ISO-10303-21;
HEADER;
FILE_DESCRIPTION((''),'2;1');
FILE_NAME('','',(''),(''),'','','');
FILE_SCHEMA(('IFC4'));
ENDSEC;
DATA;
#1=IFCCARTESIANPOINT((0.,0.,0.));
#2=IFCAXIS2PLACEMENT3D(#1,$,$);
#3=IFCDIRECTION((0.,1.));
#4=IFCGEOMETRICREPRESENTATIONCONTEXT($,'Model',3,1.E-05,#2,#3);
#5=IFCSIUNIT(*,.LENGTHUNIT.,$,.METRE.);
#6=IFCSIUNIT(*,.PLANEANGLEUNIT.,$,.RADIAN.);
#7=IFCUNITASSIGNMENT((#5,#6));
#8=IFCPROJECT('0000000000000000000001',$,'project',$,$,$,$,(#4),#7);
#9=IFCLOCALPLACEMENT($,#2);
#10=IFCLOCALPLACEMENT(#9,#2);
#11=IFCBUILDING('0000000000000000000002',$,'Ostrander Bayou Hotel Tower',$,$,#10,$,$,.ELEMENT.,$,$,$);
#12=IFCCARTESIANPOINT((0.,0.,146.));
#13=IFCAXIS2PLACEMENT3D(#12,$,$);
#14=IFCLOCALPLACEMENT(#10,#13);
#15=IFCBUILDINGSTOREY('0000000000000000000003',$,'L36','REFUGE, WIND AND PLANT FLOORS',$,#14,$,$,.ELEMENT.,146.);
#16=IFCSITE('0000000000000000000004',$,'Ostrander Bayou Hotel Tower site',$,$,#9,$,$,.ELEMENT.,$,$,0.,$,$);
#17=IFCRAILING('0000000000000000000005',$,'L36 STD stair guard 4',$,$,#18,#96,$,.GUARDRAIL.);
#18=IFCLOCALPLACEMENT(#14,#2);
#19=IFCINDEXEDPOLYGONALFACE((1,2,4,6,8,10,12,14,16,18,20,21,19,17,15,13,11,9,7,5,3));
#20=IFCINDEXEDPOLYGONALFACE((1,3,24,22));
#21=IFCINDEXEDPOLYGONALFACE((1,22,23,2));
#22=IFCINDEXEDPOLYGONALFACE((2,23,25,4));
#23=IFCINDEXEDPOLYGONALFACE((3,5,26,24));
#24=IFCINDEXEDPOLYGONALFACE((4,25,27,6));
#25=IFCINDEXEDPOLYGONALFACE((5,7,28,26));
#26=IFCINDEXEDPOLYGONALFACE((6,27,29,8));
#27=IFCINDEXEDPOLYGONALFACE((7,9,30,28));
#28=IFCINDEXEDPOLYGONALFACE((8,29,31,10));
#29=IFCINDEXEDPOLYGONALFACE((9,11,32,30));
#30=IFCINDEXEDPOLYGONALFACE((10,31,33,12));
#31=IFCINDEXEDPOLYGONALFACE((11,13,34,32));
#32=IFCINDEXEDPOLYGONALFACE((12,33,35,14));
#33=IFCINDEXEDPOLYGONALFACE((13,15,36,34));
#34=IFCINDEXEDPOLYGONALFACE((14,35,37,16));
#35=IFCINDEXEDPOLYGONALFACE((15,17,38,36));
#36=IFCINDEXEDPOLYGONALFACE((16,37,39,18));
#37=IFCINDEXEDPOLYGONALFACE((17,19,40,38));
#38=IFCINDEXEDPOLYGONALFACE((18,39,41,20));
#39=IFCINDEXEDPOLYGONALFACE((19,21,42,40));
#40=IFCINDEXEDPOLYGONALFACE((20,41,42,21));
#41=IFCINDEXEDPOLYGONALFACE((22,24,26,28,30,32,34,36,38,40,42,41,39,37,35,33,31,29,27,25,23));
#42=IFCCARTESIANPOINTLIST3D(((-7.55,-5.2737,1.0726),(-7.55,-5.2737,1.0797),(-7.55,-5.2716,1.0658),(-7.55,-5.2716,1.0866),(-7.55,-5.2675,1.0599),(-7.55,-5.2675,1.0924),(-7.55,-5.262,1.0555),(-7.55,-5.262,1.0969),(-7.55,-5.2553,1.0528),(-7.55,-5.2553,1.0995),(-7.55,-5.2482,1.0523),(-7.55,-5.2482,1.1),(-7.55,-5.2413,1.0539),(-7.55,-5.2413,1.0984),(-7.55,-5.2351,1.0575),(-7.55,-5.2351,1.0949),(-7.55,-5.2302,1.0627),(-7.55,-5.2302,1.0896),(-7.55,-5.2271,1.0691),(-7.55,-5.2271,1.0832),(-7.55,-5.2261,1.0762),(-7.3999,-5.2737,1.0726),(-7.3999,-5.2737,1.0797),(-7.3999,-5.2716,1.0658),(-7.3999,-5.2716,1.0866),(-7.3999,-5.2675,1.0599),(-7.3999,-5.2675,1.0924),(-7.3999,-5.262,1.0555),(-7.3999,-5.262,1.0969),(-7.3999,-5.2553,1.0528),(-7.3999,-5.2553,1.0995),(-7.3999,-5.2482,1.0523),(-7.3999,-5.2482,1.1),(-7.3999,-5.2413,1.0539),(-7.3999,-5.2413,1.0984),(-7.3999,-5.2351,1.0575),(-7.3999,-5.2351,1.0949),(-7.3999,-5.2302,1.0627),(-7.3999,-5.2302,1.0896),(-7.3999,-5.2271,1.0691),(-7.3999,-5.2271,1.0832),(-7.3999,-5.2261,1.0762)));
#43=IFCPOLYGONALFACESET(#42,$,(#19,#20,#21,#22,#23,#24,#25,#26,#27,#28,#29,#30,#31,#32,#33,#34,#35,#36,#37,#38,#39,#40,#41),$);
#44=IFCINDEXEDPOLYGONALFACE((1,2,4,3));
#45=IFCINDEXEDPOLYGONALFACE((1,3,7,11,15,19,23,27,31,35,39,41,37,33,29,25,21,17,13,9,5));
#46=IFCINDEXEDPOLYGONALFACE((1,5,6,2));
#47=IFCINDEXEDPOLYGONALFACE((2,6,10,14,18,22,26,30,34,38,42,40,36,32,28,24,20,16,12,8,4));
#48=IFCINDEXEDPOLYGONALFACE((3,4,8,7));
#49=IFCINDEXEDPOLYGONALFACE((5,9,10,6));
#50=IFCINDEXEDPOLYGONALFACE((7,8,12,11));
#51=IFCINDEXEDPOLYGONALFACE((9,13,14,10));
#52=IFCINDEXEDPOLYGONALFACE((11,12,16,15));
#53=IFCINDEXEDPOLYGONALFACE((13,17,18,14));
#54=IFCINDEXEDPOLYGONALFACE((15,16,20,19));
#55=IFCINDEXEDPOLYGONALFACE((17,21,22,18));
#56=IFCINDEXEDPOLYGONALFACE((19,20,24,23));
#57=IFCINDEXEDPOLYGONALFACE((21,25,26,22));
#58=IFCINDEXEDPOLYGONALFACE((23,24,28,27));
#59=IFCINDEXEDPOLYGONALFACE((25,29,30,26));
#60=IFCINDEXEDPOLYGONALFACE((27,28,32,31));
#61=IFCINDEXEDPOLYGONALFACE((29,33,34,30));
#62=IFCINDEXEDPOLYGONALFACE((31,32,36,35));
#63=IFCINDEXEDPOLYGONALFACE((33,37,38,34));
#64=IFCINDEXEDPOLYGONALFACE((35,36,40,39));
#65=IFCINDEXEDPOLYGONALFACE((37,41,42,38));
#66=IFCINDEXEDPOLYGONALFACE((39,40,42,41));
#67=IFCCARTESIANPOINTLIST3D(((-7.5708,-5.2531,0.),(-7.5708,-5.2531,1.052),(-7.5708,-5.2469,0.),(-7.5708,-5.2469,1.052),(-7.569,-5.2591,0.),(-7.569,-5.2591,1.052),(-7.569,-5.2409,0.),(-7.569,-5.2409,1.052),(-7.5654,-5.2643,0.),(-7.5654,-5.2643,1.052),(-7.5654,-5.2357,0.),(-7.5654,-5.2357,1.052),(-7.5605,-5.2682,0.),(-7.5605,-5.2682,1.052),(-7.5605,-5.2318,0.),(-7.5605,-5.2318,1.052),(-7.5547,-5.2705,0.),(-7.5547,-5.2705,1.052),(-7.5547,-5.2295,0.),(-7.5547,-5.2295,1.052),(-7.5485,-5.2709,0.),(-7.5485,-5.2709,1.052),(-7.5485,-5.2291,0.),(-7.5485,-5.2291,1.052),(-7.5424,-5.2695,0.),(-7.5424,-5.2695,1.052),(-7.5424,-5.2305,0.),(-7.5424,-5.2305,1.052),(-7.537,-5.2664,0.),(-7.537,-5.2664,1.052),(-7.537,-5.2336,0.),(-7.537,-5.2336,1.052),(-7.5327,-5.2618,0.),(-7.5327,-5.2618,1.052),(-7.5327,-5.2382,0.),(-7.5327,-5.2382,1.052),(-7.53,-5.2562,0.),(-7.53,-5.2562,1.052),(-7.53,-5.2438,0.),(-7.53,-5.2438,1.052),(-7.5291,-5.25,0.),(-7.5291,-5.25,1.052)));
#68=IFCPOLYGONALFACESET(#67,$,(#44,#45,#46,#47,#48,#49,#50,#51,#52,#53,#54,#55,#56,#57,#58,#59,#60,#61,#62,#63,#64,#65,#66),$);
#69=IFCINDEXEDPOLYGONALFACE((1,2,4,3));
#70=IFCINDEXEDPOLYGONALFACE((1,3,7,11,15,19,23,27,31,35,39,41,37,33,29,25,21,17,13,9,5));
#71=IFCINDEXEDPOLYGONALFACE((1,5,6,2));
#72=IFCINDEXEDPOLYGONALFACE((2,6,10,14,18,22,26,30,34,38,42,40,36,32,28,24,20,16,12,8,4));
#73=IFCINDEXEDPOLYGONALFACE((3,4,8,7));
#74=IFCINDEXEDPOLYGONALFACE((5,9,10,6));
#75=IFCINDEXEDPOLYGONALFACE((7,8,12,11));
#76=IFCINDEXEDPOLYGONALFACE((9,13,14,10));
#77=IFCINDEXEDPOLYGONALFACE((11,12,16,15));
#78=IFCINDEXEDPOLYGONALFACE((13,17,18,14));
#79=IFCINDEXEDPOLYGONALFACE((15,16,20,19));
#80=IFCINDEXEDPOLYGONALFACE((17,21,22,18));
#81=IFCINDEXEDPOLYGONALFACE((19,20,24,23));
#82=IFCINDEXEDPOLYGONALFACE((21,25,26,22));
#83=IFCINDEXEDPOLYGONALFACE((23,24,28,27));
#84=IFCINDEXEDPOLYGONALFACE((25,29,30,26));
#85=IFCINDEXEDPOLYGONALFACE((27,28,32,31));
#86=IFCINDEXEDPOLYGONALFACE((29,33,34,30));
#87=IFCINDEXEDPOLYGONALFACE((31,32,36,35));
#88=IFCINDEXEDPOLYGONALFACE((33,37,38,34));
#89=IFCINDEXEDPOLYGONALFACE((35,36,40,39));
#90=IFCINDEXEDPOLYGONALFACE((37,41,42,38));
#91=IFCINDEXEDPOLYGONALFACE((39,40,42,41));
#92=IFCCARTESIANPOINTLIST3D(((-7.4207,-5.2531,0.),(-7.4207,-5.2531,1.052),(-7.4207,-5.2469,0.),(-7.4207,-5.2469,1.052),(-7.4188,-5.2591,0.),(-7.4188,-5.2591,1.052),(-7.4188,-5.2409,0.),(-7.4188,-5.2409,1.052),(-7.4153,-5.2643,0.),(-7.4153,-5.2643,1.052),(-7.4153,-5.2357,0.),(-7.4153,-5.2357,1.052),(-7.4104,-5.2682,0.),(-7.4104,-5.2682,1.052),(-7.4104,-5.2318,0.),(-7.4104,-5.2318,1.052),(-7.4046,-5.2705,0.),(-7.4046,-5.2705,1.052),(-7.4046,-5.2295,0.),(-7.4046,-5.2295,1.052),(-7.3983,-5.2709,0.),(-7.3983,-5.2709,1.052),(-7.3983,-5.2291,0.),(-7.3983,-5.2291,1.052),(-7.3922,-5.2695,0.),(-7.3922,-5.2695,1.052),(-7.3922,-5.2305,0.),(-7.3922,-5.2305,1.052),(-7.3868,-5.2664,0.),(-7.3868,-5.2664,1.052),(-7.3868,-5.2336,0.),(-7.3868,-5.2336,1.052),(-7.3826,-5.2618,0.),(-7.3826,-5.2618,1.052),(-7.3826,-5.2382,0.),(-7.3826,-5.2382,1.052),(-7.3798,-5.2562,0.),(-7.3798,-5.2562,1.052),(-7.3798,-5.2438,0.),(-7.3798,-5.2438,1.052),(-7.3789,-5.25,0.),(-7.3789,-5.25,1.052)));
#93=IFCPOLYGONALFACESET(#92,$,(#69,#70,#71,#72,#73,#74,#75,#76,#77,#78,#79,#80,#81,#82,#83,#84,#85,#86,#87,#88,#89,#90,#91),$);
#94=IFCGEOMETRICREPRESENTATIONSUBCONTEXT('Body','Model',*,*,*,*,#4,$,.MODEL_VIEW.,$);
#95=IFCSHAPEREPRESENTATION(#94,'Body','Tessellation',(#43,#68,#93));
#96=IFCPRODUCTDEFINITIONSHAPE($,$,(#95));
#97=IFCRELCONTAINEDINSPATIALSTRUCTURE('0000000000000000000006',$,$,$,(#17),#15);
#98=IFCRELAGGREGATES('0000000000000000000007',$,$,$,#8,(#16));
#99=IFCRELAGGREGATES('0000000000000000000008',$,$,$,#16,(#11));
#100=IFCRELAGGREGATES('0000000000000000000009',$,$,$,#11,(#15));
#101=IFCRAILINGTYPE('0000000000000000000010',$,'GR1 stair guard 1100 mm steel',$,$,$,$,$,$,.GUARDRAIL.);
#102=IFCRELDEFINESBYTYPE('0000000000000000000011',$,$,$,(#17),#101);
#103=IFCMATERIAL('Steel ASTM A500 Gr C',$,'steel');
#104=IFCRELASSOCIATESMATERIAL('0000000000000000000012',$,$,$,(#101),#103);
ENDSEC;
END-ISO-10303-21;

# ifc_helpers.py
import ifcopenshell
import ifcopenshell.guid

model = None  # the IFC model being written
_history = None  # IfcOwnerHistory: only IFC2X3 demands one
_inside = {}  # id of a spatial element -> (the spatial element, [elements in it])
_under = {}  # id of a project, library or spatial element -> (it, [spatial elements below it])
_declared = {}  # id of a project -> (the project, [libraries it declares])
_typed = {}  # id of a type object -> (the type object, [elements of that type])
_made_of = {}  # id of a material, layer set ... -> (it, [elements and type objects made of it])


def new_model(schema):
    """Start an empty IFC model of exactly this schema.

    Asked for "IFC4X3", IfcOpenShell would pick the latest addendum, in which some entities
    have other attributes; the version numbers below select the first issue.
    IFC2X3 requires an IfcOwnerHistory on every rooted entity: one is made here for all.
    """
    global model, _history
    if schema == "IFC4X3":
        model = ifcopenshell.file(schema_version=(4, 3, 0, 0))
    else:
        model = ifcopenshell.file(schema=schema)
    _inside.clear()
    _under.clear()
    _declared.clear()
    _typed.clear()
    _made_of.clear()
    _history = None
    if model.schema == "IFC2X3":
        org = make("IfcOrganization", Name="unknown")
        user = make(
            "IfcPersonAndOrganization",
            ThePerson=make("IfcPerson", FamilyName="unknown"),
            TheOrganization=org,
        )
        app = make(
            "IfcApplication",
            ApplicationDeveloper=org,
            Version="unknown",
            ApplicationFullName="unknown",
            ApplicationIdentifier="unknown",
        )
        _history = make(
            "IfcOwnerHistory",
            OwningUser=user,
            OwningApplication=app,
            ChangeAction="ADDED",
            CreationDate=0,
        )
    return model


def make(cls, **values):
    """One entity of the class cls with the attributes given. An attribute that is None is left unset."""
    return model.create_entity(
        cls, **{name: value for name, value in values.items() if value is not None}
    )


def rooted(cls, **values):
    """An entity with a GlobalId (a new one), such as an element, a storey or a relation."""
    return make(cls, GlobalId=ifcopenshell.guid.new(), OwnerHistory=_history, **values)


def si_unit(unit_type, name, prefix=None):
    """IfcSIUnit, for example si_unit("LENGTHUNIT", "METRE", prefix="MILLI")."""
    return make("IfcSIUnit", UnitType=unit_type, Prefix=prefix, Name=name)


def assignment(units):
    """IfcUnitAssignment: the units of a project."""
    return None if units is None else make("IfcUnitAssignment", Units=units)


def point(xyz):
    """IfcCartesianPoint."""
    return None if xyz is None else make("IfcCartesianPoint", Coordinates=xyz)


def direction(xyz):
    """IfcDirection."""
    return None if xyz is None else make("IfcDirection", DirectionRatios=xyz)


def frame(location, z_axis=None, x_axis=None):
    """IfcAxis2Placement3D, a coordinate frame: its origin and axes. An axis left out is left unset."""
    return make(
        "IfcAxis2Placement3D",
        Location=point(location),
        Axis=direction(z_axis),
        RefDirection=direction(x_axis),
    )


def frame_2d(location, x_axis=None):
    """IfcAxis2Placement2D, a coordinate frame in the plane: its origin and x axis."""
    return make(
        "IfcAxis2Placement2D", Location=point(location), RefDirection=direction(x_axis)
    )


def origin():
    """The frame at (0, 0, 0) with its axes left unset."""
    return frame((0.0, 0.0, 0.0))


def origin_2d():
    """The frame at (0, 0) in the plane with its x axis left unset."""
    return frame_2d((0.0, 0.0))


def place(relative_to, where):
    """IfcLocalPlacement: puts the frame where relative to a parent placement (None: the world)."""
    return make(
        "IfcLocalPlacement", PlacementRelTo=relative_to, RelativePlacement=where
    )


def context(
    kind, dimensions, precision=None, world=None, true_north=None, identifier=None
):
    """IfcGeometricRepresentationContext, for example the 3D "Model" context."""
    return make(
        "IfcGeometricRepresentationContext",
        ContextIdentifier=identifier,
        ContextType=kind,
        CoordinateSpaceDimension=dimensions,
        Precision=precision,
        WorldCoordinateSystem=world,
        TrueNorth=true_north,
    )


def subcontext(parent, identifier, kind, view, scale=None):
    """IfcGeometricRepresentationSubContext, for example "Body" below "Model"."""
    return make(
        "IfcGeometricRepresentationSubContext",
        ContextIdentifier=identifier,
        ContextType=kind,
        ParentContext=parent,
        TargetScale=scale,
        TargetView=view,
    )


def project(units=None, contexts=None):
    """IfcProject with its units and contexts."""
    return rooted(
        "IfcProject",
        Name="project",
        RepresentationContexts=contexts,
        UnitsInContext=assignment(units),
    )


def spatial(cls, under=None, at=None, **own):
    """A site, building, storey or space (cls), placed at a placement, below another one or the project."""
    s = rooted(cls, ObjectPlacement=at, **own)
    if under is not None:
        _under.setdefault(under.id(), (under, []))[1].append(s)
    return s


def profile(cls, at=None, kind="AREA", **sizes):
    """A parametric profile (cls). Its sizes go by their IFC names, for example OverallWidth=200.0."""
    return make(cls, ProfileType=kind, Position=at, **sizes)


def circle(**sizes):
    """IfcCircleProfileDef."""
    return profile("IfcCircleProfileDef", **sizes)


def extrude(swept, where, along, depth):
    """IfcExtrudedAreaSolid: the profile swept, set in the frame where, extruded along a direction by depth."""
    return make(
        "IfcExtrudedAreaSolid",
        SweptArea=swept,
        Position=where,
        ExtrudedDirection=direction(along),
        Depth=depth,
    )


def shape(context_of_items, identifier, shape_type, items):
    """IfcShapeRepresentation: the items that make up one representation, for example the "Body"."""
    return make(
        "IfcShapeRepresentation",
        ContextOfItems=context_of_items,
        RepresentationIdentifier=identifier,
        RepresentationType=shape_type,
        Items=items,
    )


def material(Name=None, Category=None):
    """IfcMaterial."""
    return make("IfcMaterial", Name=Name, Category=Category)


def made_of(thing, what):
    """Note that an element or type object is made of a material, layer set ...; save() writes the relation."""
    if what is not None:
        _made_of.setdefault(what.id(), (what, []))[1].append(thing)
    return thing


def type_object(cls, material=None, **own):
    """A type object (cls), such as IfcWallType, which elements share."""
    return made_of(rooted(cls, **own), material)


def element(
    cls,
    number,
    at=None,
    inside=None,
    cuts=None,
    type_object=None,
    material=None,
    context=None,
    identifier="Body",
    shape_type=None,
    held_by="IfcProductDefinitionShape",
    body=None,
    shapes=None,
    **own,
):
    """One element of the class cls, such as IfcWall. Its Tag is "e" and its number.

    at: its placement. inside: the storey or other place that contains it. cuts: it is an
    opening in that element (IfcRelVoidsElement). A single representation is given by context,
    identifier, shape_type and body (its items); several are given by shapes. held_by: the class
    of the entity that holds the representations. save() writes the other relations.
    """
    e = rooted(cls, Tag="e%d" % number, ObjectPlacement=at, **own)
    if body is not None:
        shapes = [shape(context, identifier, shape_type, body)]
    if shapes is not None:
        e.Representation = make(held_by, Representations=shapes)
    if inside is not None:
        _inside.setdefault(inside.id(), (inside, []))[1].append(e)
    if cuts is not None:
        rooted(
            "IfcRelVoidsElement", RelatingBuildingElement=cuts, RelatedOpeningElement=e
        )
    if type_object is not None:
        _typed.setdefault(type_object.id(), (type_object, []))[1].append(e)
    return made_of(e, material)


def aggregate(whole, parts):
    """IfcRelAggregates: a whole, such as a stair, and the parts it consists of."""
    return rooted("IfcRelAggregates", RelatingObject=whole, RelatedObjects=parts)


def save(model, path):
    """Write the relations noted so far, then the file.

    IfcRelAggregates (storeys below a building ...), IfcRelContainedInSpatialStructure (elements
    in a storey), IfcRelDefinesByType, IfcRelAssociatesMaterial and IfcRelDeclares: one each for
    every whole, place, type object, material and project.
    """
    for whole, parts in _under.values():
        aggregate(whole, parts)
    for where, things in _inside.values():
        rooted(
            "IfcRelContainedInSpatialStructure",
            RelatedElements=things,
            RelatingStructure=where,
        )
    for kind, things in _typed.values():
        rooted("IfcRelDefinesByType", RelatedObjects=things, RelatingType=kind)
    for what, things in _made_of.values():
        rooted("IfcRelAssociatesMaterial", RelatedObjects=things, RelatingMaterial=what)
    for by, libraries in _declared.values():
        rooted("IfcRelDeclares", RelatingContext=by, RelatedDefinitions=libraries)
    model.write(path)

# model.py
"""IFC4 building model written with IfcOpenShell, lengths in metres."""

from ifc_helpers import new_model, si_unit, direction, frame, origin, origin_2d, place, context, subcontext, project, spatial, circle, extrude, material, type_object, element, save


model = new_model("IFC4")

# Units and contexts
model_context = context("Model", 3, precision=1e-05, world=origin(), true_north=direction((0.0, 1.0)))
body_context = subcontext(model_context, "Body", "Model", "MODEL_VIEW")
ifc_project = project(units=[si_unit("LENGTHUNIT", "METRE"), si_unit("PLANEANGLEUNIT", "RADIAN")], contexts=[model_context])

# Site, building, storey
site_placement = place(None, origin())
site = spatial("IfcSite", under=ifc_project, at=site_placement, Name="Ostrander Bayou Hotel Tower site", CompositionType="ELEMENT", RefElevation=0.0)
building_placement = place(site_placement, origin())
building = spatial("IfcBuilding", under=site, at=building_placement, Name="Ostrander Bayou Hotel Tower", CompositionType="ELEMENT")
storey_placement = place(building_placement, frame((0.0, 0.0, 146.0)))
storey = spatial("IfcBuildingStorey", under=building, at=storey_placement, Name="L36", Description="REFUGE, WIND AND PLANT FLOORS", CompositionType="ELEMENT", Elevation=146.0)

# Railing
ifc_material_1 = material(Name="Steel ASTM A500 Gr C", Category="steel")
railing_type_1 = type_object("IfcRailingType", Name="GR1 stair guard 1100 mm steel", PredefinedType="GUARDRAIL", material=ifc_material_1)
railing_1_placement = place(storey_placement, frame((-7.55, -5.25, 0.0)))
element("IfcRailing", 1, at=railing_1_placement, inside=storey, type_object=railing_type_1, Name="L36 STD stair guard 4", PredefinedType="GUARDRAIL", context=body_context, shape_type="SweptSolid", body=[
    extrude(circle(Radius=0.0239, at=origin_2d()), frame((0.0, 0.0, 1.0762), z_axis=(1.0, 0.0, 0.0), x_axis=(0.0, 1.0, 0.0)), (0.0, 0.0, 1.0), 0.1501),
    extrude(circle(Radius=0.021, at=origin_2d()), origin(), (0.0, 0.0, 1.0), 1.052),
    extrude(circle(Radius=0.021, at=origin_2d()), frame((0.1501, 0.0, 0.0)), (0.0, 0.0, 1.0), 1.052),
])

save(model, "model.ifc")
